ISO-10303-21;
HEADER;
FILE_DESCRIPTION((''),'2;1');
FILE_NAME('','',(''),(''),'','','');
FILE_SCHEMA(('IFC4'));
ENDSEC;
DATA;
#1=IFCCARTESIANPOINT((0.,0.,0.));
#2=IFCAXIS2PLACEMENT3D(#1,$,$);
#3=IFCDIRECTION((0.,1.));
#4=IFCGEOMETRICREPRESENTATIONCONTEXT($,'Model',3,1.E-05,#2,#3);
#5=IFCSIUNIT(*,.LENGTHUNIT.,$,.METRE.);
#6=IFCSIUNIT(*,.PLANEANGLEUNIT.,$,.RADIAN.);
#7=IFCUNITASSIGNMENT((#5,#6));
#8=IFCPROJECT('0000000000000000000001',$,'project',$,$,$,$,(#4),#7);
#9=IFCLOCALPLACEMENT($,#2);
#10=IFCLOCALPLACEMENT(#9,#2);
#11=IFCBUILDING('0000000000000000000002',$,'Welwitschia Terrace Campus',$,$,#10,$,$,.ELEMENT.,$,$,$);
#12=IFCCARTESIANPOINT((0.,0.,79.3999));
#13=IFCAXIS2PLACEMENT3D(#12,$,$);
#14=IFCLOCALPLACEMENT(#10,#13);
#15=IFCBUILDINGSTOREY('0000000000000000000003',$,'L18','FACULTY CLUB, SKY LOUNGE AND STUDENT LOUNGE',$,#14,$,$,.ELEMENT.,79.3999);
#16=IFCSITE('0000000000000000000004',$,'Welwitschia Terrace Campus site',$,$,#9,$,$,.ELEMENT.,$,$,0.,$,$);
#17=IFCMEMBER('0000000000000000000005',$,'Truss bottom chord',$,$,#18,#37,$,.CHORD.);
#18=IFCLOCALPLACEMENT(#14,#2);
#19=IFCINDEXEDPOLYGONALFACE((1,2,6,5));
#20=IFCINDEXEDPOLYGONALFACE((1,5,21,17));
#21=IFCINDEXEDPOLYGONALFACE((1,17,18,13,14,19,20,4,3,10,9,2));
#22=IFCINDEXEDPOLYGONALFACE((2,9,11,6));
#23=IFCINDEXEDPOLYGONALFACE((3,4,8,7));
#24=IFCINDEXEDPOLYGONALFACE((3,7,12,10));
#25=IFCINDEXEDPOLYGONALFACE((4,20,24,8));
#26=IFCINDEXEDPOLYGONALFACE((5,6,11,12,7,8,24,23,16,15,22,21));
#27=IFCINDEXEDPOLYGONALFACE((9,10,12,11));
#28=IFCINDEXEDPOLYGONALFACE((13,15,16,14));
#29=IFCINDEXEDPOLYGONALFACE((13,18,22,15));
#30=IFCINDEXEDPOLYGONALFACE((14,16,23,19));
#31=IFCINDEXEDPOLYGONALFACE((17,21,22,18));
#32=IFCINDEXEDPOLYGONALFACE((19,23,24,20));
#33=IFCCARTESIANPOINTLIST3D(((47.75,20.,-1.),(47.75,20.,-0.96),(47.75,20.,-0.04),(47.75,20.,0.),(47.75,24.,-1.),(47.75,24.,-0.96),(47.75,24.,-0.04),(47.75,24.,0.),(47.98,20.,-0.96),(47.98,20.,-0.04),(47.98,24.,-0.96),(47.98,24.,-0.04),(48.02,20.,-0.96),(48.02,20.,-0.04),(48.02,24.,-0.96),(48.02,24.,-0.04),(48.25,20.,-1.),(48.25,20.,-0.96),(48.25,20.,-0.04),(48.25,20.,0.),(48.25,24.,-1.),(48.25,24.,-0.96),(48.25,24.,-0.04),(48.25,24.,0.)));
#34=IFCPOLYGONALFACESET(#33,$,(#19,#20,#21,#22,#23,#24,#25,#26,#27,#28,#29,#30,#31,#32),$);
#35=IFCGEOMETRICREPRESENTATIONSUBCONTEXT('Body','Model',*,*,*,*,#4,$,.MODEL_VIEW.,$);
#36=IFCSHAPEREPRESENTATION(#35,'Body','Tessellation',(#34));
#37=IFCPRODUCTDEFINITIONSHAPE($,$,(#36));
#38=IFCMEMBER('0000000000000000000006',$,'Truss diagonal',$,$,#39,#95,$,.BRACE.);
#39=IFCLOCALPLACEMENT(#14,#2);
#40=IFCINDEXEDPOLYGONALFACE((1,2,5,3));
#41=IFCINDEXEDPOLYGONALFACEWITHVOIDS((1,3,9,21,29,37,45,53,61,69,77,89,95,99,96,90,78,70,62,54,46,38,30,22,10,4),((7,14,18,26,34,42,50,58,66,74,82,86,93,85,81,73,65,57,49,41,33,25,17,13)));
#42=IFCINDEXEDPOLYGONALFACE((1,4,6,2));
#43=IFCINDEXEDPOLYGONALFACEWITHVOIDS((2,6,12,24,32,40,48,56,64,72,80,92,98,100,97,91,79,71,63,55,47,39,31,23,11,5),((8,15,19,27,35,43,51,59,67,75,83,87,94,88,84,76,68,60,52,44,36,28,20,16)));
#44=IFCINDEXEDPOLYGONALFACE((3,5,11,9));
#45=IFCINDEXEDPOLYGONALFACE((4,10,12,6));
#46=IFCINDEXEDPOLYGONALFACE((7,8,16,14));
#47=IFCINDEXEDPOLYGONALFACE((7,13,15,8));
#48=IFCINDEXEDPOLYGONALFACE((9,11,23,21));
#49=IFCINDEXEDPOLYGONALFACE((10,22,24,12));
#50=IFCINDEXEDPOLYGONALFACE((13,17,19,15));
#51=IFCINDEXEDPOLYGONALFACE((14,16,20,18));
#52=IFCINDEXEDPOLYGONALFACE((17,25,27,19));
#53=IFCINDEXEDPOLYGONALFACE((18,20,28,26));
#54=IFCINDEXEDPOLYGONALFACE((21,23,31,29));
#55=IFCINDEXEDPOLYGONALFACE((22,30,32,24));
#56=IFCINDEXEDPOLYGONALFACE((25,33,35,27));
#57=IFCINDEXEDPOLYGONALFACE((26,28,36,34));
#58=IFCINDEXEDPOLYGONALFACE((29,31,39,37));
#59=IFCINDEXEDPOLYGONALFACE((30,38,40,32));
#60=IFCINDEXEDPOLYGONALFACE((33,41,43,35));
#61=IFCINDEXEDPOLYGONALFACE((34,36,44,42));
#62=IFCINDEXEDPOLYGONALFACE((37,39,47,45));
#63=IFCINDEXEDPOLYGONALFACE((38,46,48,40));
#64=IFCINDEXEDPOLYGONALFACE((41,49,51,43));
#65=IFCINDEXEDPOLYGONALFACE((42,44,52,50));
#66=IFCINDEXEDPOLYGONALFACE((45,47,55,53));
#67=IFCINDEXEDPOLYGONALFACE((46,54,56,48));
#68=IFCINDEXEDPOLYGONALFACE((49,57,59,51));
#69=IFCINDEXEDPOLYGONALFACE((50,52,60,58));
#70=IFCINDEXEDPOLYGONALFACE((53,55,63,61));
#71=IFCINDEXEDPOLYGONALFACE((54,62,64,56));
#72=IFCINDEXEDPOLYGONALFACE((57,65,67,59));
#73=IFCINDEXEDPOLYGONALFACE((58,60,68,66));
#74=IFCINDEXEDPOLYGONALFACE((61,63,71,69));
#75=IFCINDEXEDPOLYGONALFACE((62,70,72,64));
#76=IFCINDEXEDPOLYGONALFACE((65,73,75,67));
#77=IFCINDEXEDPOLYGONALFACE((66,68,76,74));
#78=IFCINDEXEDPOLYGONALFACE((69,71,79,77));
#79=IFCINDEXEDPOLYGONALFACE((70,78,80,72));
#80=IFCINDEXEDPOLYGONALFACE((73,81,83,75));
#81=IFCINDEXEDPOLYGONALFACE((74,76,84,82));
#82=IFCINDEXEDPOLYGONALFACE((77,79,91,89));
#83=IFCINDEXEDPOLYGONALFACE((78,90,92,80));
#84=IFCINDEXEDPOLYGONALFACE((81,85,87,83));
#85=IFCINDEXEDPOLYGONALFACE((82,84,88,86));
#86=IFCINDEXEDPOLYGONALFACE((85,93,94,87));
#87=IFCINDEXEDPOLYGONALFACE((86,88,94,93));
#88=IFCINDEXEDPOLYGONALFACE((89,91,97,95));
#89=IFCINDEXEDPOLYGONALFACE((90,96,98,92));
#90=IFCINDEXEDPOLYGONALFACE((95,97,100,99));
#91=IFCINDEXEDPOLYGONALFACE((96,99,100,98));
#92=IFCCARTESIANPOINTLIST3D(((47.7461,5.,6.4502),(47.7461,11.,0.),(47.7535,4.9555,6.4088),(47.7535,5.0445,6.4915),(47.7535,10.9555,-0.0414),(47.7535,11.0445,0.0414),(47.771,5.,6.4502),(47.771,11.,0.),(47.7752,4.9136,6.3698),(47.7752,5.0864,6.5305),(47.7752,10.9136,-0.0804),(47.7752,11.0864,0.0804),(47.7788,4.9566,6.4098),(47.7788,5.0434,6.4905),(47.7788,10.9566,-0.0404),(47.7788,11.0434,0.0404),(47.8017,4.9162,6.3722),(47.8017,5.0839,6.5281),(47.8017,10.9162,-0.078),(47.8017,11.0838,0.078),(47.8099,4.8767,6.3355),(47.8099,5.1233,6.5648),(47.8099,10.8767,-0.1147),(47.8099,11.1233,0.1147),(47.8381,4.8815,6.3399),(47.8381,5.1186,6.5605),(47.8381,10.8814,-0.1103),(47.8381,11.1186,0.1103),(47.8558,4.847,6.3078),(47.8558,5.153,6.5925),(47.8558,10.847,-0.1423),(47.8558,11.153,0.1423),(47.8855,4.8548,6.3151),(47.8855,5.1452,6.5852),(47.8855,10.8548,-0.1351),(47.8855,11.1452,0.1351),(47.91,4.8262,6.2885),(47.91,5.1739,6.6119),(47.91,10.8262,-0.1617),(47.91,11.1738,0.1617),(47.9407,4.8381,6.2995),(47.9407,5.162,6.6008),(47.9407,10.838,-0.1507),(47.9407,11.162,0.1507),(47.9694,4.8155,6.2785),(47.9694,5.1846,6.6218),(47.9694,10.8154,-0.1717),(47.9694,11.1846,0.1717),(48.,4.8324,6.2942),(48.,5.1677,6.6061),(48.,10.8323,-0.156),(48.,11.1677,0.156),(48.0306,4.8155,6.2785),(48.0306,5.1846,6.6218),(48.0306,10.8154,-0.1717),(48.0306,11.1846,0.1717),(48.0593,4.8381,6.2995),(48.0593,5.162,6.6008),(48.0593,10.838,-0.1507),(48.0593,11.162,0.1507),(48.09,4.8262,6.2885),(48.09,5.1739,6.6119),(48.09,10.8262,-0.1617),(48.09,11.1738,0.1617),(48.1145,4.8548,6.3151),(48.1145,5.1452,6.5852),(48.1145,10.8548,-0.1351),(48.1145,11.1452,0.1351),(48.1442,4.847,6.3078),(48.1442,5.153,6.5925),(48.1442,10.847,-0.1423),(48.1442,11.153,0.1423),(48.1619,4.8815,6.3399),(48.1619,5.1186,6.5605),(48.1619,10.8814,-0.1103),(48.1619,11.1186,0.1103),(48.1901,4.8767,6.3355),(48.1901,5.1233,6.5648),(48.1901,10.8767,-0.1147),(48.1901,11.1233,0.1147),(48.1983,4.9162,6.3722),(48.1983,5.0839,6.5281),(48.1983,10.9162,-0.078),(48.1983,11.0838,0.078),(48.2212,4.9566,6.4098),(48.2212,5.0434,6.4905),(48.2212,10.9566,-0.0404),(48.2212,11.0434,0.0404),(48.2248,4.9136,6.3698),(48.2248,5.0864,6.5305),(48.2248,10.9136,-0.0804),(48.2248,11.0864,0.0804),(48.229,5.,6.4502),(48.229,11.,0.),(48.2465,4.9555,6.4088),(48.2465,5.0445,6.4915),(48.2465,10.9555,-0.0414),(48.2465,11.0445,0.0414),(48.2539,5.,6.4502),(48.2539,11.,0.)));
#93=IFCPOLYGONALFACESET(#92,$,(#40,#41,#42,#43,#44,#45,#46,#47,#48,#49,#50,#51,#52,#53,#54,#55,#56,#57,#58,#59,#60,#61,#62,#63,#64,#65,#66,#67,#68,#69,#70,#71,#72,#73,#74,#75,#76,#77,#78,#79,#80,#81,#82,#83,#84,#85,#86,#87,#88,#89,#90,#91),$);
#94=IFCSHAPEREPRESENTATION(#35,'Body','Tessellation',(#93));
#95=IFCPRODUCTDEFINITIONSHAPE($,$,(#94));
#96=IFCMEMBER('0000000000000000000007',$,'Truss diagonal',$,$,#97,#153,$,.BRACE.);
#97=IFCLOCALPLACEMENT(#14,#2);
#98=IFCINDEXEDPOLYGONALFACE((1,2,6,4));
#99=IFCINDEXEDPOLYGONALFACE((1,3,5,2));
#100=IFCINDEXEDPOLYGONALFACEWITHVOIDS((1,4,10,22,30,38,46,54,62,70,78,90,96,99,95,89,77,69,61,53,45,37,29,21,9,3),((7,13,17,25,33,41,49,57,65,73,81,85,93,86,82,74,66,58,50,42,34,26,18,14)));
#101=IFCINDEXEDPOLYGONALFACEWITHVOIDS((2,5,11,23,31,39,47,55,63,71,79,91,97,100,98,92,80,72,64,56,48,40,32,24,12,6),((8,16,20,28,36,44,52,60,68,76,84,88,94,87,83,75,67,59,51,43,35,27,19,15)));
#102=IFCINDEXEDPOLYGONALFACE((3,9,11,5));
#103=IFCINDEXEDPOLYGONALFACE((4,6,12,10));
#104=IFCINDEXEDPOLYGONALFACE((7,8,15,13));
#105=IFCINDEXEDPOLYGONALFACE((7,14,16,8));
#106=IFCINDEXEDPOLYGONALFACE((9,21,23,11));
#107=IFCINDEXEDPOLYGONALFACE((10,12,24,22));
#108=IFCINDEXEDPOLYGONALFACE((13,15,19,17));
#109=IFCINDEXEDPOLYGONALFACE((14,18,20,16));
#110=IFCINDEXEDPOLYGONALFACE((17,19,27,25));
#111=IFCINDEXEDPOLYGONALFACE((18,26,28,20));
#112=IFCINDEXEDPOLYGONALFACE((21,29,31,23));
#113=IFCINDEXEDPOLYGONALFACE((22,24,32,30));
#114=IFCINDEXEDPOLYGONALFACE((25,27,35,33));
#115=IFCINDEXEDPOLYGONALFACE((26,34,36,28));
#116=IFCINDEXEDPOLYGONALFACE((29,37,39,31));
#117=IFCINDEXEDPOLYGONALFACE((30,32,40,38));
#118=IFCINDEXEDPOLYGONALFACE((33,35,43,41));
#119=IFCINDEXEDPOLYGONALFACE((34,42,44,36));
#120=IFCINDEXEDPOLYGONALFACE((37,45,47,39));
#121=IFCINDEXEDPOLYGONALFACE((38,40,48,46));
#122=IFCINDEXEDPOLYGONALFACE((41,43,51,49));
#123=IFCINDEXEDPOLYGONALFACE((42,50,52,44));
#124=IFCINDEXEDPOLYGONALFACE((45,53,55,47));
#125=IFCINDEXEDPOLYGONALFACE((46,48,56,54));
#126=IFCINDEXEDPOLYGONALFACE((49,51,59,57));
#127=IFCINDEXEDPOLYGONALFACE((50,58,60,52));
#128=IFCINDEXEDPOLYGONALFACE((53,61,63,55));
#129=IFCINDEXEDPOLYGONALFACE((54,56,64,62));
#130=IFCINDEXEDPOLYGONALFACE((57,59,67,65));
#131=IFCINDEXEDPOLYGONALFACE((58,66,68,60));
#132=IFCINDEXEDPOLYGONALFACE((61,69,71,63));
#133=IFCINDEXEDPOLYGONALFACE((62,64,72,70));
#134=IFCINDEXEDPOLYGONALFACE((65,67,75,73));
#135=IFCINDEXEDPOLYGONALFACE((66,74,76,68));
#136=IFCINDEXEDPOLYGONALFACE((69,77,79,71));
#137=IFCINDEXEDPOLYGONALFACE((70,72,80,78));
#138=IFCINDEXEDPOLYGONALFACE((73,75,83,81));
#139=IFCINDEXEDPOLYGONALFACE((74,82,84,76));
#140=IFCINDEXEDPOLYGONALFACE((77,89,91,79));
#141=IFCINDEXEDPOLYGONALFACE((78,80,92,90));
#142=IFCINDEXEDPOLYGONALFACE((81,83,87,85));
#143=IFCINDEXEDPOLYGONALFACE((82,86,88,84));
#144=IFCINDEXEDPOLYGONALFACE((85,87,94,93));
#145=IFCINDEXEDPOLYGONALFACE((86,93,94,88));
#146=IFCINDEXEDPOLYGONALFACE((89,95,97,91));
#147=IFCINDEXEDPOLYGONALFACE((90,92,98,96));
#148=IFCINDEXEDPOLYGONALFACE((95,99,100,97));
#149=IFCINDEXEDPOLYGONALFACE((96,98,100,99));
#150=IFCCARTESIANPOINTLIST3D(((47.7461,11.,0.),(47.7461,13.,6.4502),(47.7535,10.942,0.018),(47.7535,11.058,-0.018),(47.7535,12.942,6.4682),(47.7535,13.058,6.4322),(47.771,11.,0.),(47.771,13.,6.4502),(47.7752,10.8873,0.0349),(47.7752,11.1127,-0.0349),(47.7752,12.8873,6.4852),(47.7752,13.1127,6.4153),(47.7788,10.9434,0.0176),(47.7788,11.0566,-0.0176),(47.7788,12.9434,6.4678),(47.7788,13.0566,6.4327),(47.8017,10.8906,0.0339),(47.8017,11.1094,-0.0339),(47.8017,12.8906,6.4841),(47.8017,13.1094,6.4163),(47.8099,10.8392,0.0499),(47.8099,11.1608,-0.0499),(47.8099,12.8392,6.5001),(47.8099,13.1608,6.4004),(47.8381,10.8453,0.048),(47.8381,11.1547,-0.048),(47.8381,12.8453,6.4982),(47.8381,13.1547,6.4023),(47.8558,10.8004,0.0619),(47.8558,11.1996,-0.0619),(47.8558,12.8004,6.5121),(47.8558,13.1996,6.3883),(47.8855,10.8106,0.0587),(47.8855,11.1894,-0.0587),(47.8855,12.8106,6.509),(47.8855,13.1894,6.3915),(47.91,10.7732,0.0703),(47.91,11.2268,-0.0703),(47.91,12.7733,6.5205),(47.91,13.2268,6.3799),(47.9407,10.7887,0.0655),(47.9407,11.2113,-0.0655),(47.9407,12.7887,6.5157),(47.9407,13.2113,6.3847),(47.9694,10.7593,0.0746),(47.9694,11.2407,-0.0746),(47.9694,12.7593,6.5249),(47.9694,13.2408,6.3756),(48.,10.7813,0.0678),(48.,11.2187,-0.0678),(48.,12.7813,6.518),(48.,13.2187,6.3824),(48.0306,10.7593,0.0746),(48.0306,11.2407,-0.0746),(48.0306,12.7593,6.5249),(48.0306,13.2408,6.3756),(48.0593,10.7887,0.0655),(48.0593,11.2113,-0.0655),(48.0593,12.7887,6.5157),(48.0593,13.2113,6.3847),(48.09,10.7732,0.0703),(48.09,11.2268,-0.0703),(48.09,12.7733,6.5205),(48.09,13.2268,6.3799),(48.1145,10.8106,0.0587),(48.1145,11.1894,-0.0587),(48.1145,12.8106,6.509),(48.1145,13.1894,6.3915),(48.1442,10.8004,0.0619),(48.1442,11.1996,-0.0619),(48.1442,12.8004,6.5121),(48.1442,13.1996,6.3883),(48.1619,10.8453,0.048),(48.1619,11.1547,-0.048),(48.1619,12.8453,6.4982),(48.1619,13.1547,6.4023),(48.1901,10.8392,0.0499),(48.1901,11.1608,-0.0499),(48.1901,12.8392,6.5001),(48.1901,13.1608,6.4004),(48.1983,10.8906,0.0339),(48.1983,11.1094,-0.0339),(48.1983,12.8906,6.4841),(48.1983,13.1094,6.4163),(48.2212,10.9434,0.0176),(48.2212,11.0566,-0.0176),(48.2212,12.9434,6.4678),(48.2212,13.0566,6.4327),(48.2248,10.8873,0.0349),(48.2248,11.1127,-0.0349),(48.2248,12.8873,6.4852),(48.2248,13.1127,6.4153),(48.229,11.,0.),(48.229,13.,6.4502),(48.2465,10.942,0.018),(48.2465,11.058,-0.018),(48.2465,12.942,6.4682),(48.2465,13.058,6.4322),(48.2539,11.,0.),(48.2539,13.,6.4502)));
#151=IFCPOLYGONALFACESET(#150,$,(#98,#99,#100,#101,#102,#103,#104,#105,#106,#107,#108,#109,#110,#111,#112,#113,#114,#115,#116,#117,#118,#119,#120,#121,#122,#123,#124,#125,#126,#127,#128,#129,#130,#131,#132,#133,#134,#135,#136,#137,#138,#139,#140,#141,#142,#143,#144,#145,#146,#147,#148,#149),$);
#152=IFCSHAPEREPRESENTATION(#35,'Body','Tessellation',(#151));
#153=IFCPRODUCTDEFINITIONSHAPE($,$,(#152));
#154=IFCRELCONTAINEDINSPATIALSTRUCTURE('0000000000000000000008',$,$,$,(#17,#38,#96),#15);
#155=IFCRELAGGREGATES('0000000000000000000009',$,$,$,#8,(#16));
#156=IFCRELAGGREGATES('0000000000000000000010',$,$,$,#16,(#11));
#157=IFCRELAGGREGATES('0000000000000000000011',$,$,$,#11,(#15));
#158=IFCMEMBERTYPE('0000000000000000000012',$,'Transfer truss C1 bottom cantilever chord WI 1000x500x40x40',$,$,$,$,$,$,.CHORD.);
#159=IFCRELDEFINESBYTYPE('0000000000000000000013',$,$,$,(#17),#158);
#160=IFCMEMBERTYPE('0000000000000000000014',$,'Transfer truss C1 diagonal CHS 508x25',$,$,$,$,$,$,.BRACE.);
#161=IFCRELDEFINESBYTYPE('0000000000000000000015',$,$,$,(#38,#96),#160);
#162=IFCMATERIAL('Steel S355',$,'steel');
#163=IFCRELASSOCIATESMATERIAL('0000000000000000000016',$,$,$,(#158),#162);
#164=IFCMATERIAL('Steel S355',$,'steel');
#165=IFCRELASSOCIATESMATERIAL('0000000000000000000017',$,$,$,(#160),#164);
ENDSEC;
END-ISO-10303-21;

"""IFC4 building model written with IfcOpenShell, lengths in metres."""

from ifc_helpers import new_model, si_unit, direction, frame, origin, origin_2d, place, context, subcontext, project, spatial, hollow_circle, i_section, extrude, material, material_profile, profile_set, type_object, element, save


model = new_model("IFC4")

# Units and contexts
model_context = context("Model", 3, precision=1e-05, world=origin(), true_north=direction((0.0, 1.0)))
body_context = subcontext(model_context, "Body", "Model", "MODEL_VIEW")
ifc_project = project(units=[si_unit("LENGTHUNIT", "METRE"), si_unit("PLANEANGLEUNIT", "RADIAN")], contexts=[model_context])

# Site, building, storey
site_placement = place(None, origin())
site = spatial("IfcSite", under=ifc_project, at=site_placement, Name="Welwitschia Terrace Campus site", CompositionType="ELEMENT", RefElevation=0.0)
building_placement = place(site_placement, origin())
building = spatial("IfcBuilding", under=site, at=building_placement, Name="Welwitschia Terrace Campus", CompositionType="ELEMENT")
storey_placement = place(building_placement, frame((0.0, 0.0, 79.3999)))
storey = spatial("IfcBuildingStorey", under=building, at=storey_placement, Name="L18", Description="FACULTY CLUB, SKY LOUNGE AND STUDENT LOUNGE", CompositionType="ELEMENT", Elevation=79.3999)

# Members
ifc_material_1 = material(Name="Steel S355", Category="steel")
ifc_material_profile_1 = material_profile(ifc_material_1, i_section(OverallWidth=0.5, OverallDepth=1.0, WebThickness=0.04, FlangeThickness=0.04, at=origin_2d()))
ifc_profile_set_1 = profile_set([ifc_material_profile_1], Name="Steel S355")
member_type_1 = type_object("IfcMemberType", Name="Transfer truss C1 bottom cantilever chord WI 1000x500x40x40", PredefinedType="CHORD", material=ifc_profile_set_1)
member_1_placement = place(storey_placement, frame((48.0, 20.0, -0.5), z_axis=(0.0, 1.0, 0.0), x_axis=(-1.0, 0.0, 0.0)))
element("IfcMember", 1, at=member_1_placement, inside=storey, type_object=member_type_1, Name="Truss bottom chord", PredefinedType="CHORD", context=body_context, shape_type="SweptSolid", body=[
    extrude(i_section(OverallWidth=0.5, OverallDepth=1.0, WebThickness=0.04, FlangeThickness=0.04, at=origin_2d()), origin(), (0.0, 0.0, 1.0), 4.0),
])
ifc_material_2 = material(Name="Steel S355", Category="steel")
ifc_material_profile_2 = material_profile(ifc_material_2, hollow_circle(Radius=0.2539, WallThickness=0.0249, at=origin_2d()))
ifc_profile_set_2 = profile_set([ifc_material_profile_2], Name="Steel S355")
member_type_2 = type_object("IfcMemberType", Name="Transfer truss C1 diagonal CHS 508x25", PredefinedType="BRACE", material=ifc_profile_set_2)
member_2_placement = place(storey_placement, frame((48.0, 11.0, 0.0), z_axis=(0.0, -0.681093, 0.732197), x_axis=(1.0, 0.0, 0.0)))
element("IfcMember", 2, at=member_2_placement, inside=storey, type_object=member_type_2, Name="Truss diagonal", PredefinedType="BRACE", context=body_context, shape_type="SweptSolid", body=[
    extrude(hollow_circle(Radius=0.2539, WallThickness=0.0249, at=origin_2d()), origin(), (0.0, 0.0, 1.0), 8.8093),
])
member_3_placement = place(storey_placement, frame((48.0, 11.0, 0.0), z_axis=(0.0, 0.296158, 0.955139), x_axis=(-1.0, 0.0, 0.0)))
element("IfcMember", 3, at=member_3_placement, inside=storey, type_object=member_type_2, Name="Truss diagonal", PredefinedType="BRACE", context=body_context, shape_type="SweptSolid", body=[
    extrude(hollow_circle(Radius=0.2539, WallThickness=0.0249, at=origin_2d()), origin(), (0.0, 0.0, 1.0), 6.7532),
])

save(model, "model.ifc")
